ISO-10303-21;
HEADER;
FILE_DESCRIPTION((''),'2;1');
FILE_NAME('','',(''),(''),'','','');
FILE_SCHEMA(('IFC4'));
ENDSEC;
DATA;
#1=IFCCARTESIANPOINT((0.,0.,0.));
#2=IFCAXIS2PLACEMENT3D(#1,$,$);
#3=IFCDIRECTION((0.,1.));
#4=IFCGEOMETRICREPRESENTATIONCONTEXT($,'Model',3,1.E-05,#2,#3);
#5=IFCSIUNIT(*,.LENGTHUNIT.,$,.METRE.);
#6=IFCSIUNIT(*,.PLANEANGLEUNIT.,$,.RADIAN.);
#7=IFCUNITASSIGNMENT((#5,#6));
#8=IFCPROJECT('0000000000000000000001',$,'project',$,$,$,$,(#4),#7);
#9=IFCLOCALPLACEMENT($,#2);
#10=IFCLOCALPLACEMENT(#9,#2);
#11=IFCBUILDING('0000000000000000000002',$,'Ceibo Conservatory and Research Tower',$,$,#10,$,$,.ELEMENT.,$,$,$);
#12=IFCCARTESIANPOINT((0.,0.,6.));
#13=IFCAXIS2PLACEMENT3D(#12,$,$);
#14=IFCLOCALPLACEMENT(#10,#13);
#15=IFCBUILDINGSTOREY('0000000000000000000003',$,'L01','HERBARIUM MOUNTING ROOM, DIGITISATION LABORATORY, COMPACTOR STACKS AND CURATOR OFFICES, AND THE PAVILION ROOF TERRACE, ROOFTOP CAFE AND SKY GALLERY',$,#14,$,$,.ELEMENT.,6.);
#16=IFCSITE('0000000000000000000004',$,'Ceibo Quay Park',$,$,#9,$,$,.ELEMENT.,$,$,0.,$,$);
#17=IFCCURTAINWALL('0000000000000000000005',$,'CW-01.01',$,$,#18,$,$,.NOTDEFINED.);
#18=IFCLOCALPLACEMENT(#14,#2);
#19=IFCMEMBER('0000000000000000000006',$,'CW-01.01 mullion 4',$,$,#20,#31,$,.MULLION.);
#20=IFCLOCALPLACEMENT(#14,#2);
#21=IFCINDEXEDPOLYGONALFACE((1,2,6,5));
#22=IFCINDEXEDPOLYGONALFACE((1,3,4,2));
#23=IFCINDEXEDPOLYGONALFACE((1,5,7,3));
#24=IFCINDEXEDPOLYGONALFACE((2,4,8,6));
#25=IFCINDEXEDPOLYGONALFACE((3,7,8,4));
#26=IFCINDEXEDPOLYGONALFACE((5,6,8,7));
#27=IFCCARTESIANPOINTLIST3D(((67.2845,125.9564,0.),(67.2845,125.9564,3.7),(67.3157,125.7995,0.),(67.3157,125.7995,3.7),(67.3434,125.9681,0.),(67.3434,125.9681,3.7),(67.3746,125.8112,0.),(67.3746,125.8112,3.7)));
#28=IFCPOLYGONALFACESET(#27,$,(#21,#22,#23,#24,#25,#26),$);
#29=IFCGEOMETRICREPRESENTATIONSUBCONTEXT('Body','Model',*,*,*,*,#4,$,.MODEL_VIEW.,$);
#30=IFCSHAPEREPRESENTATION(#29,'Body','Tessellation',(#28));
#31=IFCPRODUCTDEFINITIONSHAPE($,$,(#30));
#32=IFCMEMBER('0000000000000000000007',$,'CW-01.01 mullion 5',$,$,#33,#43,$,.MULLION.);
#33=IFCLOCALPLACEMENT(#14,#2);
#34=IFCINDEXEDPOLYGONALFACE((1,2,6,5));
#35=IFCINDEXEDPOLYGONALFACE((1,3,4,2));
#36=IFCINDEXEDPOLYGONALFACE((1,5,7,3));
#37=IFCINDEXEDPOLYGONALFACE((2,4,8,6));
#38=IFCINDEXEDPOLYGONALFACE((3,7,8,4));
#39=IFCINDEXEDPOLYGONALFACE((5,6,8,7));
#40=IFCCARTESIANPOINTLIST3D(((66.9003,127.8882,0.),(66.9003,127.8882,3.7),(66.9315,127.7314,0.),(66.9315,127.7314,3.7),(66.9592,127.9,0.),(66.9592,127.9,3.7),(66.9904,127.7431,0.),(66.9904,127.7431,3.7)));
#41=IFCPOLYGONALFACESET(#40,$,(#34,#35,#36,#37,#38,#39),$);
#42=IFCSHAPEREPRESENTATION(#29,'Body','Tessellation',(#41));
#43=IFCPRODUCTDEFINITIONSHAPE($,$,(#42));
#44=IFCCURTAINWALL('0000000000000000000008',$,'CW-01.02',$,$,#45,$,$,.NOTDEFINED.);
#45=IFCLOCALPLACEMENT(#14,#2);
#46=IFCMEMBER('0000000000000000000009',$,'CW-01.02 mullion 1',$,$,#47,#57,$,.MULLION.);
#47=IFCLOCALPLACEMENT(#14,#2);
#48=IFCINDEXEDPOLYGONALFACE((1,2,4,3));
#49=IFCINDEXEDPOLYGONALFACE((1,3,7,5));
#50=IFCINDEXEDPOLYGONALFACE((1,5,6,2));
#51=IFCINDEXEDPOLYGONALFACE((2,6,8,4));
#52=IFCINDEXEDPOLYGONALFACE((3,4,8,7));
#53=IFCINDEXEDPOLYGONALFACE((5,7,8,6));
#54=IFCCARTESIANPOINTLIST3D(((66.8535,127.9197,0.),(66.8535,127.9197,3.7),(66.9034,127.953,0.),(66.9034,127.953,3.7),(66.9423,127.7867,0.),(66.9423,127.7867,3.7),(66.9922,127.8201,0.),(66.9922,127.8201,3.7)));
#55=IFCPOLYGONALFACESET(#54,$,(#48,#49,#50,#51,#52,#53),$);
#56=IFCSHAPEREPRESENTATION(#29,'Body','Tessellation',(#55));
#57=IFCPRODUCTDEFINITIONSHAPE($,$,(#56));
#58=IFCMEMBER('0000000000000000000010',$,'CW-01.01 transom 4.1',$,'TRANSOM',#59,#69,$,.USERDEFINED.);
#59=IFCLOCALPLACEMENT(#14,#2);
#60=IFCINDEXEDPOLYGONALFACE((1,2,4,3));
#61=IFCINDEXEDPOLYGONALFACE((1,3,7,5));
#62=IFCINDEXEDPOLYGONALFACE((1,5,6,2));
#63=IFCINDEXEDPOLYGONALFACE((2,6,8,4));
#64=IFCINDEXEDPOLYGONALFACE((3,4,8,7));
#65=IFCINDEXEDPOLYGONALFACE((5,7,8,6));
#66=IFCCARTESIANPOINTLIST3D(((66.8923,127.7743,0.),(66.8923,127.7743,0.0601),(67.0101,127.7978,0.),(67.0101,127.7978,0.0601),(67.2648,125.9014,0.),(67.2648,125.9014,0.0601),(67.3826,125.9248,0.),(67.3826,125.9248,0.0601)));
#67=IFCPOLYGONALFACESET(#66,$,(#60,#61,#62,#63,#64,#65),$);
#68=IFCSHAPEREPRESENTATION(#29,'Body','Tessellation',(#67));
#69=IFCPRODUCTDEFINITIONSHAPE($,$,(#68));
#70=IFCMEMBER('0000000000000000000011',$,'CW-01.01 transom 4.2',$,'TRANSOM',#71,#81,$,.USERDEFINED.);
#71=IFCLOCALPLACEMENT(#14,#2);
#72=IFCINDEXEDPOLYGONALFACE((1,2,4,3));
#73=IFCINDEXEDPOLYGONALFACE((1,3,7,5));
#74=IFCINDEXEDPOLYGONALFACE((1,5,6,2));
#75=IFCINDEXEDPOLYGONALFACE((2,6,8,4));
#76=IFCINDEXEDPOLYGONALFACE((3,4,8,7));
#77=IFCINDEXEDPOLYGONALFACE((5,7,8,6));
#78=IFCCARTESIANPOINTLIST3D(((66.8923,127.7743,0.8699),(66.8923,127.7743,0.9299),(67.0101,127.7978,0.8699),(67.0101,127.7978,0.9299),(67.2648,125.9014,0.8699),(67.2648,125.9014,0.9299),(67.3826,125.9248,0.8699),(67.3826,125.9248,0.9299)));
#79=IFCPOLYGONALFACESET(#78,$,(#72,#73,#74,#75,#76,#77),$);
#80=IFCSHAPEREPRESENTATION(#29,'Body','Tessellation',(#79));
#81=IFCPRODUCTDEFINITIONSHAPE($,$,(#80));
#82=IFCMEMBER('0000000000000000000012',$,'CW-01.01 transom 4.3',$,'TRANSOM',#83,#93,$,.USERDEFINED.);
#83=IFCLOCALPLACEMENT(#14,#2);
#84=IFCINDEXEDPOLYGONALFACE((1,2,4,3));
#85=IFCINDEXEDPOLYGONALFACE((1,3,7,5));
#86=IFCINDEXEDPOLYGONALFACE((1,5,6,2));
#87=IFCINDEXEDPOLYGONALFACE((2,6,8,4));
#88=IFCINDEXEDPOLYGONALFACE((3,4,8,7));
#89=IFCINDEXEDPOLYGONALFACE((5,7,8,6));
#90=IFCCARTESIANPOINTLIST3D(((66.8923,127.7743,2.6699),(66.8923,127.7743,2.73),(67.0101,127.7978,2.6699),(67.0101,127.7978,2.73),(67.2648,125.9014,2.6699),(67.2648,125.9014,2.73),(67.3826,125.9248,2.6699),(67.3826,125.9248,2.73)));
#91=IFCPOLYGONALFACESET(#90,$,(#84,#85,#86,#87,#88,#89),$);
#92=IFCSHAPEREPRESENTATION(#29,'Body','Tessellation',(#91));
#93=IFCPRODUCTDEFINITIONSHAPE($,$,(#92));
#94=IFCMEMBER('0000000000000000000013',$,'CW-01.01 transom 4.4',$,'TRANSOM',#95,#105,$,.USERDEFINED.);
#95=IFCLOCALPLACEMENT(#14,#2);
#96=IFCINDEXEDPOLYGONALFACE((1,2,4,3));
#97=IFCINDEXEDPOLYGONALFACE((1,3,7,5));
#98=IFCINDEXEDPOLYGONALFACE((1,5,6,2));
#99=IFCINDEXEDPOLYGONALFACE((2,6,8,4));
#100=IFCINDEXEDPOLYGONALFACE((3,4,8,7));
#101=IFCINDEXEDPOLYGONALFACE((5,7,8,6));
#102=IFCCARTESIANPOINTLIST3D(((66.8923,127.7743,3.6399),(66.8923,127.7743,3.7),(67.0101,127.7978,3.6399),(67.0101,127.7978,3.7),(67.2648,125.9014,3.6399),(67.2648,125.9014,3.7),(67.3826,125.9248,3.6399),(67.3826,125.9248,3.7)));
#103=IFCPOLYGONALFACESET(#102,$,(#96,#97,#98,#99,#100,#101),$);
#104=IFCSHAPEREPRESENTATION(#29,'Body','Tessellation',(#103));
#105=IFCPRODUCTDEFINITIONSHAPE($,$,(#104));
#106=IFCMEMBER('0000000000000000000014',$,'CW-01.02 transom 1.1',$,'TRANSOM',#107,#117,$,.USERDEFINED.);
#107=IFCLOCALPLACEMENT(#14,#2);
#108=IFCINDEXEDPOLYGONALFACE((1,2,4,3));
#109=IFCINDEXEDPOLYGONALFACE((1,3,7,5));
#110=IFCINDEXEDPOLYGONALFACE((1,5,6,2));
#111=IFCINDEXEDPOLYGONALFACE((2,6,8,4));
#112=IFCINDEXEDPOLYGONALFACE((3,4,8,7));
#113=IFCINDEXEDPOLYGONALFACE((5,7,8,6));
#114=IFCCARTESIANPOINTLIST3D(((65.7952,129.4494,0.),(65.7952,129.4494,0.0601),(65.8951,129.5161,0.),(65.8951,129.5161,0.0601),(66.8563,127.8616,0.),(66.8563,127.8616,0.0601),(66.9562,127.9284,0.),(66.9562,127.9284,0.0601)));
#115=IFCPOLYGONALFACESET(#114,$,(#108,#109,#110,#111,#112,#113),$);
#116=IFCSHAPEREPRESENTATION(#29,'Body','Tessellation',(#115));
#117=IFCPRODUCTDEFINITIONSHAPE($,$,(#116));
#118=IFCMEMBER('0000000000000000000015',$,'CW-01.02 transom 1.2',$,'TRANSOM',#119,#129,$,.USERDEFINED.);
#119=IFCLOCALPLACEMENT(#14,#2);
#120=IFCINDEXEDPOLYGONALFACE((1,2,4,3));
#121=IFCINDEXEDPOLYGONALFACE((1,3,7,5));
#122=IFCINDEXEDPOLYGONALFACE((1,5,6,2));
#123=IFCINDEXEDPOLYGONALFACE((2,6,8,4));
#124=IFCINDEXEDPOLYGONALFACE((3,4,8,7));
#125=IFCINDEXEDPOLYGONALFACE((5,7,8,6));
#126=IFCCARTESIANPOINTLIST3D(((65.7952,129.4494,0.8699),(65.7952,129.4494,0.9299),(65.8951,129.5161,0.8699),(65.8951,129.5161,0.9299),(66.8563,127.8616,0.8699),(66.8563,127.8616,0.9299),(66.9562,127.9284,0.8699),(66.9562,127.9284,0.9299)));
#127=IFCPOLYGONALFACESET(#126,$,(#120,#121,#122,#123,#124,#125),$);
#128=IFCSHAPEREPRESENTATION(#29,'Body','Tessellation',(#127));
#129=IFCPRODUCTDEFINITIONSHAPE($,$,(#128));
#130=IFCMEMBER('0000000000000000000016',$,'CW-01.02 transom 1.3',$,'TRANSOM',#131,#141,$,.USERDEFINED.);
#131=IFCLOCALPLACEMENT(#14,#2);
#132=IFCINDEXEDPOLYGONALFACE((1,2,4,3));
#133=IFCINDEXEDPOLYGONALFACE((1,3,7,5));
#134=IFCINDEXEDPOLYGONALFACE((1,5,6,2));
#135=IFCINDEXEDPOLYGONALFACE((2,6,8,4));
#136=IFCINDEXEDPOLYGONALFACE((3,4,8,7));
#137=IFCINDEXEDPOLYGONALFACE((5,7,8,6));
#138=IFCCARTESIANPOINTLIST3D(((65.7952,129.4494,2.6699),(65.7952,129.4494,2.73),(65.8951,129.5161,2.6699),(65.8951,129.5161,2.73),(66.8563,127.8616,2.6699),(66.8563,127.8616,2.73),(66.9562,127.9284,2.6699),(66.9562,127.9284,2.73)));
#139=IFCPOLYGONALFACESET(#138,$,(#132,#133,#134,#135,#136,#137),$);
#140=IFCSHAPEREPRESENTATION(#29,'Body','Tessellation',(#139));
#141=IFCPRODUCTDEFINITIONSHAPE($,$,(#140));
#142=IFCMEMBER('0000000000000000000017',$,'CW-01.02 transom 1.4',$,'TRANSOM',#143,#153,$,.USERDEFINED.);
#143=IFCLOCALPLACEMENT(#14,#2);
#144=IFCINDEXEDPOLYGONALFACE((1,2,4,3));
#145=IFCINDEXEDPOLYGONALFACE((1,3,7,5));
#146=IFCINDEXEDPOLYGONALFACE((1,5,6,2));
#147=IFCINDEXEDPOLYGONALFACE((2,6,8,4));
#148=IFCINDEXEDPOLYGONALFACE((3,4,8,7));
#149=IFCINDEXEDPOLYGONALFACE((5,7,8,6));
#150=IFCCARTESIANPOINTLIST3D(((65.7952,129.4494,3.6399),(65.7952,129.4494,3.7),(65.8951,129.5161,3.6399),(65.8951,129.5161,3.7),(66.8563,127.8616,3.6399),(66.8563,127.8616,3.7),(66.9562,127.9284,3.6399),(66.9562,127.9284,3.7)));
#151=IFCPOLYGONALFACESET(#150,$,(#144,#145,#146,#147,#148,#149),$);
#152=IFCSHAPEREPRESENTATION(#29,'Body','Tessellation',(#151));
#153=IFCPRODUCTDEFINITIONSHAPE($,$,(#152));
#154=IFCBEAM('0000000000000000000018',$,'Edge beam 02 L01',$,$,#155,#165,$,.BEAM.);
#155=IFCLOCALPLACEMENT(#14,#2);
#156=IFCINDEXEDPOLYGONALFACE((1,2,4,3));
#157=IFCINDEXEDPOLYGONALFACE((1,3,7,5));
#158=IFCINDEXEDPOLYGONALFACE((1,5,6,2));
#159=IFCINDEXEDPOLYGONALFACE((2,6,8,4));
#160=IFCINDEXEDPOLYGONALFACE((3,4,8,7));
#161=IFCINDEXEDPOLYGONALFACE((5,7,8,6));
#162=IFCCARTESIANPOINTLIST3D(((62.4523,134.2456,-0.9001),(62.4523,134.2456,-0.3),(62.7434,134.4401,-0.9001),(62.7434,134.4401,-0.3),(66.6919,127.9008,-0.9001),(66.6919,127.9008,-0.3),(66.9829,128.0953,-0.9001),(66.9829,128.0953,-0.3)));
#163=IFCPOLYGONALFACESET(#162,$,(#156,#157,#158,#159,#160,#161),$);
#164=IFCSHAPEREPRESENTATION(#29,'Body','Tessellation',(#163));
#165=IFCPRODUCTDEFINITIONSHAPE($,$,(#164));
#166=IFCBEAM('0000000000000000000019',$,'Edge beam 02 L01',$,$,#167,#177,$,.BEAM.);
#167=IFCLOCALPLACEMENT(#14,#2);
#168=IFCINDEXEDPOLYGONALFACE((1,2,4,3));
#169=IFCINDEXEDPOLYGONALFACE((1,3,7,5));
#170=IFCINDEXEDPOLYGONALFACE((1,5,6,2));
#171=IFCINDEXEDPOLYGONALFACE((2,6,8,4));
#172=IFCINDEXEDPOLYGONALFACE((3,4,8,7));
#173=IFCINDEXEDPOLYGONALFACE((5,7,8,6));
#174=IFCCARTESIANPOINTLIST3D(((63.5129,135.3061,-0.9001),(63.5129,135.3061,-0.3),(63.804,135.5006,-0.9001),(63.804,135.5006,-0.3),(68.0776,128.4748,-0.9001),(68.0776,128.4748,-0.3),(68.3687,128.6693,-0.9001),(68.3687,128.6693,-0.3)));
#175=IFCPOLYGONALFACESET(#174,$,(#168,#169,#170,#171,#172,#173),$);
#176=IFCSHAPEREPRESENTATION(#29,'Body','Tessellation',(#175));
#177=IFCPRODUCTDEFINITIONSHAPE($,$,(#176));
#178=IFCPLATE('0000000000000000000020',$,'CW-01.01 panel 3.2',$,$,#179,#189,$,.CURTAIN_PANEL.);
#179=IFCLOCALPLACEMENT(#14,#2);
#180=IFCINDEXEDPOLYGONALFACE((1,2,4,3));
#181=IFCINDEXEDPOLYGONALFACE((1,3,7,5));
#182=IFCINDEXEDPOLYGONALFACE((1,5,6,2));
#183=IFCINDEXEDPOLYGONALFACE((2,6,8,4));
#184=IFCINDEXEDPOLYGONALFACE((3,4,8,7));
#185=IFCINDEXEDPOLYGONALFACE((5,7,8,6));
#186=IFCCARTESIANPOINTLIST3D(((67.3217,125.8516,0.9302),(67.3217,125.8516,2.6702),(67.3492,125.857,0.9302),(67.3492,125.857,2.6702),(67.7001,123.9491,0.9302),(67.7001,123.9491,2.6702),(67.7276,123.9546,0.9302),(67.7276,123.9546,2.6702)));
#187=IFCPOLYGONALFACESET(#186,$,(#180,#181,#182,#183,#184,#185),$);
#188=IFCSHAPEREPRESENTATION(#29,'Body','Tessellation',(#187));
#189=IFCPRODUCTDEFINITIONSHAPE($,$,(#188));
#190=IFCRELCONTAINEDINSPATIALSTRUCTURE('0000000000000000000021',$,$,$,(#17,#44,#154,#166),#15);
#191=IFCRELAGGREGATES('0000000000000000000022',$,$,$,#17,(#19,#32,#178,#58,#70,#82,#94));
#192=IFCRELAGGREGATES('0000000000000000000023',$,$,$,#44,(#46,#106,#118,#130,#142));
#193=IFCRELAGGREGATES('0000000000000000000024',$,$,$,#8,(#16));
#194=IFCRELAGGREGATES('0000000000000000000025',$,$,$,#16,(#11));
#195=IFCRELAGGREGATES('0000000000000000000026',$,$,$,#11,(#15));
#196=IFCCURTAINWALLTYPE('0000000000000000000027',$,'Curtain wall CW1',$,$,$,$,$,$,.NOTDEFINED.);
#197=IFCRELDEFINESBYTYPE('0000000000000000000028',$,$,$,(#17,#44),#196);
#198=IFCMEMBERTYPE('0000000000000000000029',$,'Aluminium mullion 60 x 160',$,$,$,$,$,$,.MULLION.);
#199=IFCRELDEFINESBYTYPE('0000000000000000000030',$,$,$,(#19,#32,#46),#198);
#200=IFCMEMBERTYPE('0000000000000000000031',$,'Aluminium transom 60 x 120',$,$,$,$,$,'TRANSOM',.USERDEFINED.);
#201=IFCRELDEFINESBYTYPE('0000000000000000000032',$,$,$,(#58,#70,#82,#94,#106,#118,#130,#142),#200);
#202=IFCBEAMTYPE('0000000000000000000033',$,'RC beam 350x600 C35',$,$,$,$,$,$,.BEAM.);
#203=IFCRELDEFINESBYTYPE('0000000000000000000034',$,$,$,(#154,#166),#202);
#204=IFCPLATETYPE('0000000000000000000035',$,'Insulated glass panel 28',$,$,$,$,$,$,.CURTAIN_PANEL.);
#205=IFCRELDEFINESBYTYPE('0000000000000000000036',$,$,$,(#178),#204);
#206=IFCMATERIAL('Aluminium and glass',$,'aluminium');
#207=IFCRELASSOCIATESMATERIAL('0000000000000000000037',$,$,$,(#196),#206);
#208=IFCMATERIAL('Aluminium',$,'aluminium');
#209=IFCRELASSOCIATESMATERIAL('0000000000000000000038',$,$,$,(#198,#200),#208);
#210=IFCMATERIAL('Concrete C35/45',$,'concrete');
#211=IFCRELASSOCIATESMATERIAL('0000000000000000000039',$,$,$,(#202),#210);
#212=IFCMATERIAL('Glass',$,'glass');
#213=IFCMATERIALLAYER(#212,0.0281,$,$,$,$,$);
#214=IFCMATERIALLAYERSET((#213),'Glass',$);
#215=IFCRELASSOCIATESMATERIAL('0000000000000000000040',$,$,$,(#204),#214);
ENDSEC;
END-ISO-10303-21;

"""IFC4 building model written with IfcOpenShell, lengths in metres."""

from ifc_helpers import new_model, si_unit, direction, frame, origin, origin_2d, place, context, subcontext, project, spatial, rectangle, extrude, material, layer, layer_set, material_profile, profile_set, type_object, element, aggregate, save


model = new_model("IFC4")

# Units and contexts
model_context = context("Model", 3, precision=1e-05, world=origin(), true_north=direction((0.0, 1.0)))
body_context = subcontext(model_context, "Body", "Model", "MODEL_VIEW")
ifc_project = project(units=[si_unit("LENGTHUNIT", "METRE"), si_unit("PLANEANGLEUNIT", "RADIAN")], contexts=[model_context])

# Site, building, storey
site_placement = place(None, origin())
site = spatial("IfcSite", under=ifc_project, at=site_placement, Name="Ceibo Quay Park", CompositionType="ELEMENT", RefElevation=0.0)
building_placement = place(site_placement, origin())
building = spatial("IfcBuilding", under=site, at=building_placement, Name="Ceibo Conservatory and Research Tower", CompositionType="ELEMENT")
storey_placement = place(building_placement, frame((0.0, 0.0, 6.0)))
storey = spatial("IfcBuildingStorey", under=building, at=storey_placement, Name="L01", Description="HERBARIUM MOUNTING ROOM, DIGITISATION LABORATORY, COMPACTOR STACKS AND CURATOR OFFICES, AND THE PAVILION ROOF TERRACE, ROOFTOP CAFE AND SKY GALLERY", CompositionType="ELEMENT", Elevation=6.0)

# Curtain wall, members
ifc_material_1 = material(Name="Aluminium and glass", Category="aluminium")
curtain_wall_type = type_object("IfcCurtainWallType", Name="Curtain wall CW1", PredefinedType="NOTDEFINED", material=ifc_material_1)
curtain_wall_1_placement = place(storey_placement, origin())
curtain_wall_1 = element("IfcCurtainWall", 1, at=curtain_wall_1_placement, inside=storey, type_object=curtain_wall_type, Name="CW-01.01", PredefinedType="NOTDEFINED")
ifc_material_2 = material(Name="Aluminium", Category="aluminium")
ifc_material_profile_1 = material_profile(ifc_material_2, rectangle(XDim=0.0601, YDim=0.1599, at=origin_2d()), Name="Aluminium 60 x 160")
ifc_profile_set_1 = profile_set([ifc_material_profile_1], Name="Aluminium")
member_type_1 = type_object("IfcMemberType", Name="Aluminium mullion 60 x 160", PredefinedType="MULLION", material=ifc_profile_set_1)
member_1_placement = place(storey_placement, frame((67.3296, 125.8838, 0.0), z_axis=(0.0, 0.0, 1.0), x_axis=(-0.980785, -0.19509, 0.0)))
member_1 = element("IfcMember", 2, at=member_1_placement, type_object=member_type_1, Name="CW-01.01 mullion 4", PredefinedType="MULLION", context=body_context, shape_type="SweptSolid", body=[
    extrude(rectangle(XDim=0.0601, YDim=0.1599, at=origin_2d()), origin(), (0.0, 0.0, 1.0), 3.7),
])
member_2_placement = place(storey_placement, frame((66.9453, 127.8157, 0.0), z_axis=(0.0, 0.0, 1.0), x_axis=(-0.980785, -0.19509, 0.0)))
member_2 = element("IfcMember", 3, at=member_2_placement, type_object=member_type_1, Name="CW-01.01 mullion 5", PredefinedType="MULLION", context=body_context, shape_type="SweptSolid", body=[
    extrude(rectangle(XDim=0.0601, YDim=0.1599, at=origin_2d()), origin(), (0.0, 0.0, 1.0), 3.7),
])

# Curtain wall, member
curtain_wall_2_placement = place(storey_placement, origin())
curtain_wall_2 = element("IfcCurtainWall", 4, at=curtain_wall_2_placement, inside=storey, type_object=curtain_wall_type, Name="CW-01.02", PredefinedType="NOTDEFINED")
member_3_placement = place(storey_placement, frame((66.9229, 127.8699, 0.0), z_axis=(0.0, 0.0, 1.0), x_axis=(-0.83147, -0.55557, 0.0)))
member_3 = element("IfcMember", 5, at=member_3_placement, type_object=member_type_1, Name="CW-01.02 mullion 1", PredefinedType="MULLION", context=body_context, shape_type="SweptSolid", body=[
    extrude(rectangle(XDim=0.0601, YDim=0.1599, at=origin_2d()), origin(), (0.0, 0.0, 1.0), 3.7),
])

# Members
ifc_material_profile_2 = material_profile(ifc_material_2, rectangle(XDim=0.1201, YDim=0.0601, at=origin_2d()), Name="Aluminium 60 x 120")
ifc_profile_set_2 = profile_set([ifc_material_profile_2], Name="Aluminium")
member_type_2 = type_object("IfcMemberType", Name="Aluminium transom 60 x 120", ElementType="TRANSOM", PredefinedType="USERDEFINED", material=ifc_profile_set_2)
member_4_placement = place(storey_placement, frame((67.3237, 125.9131, 0.03), z_axis=(-0.195083, 0.980787, 0.0), x_axis=(-0.980787, -0.195083, 0.0)))
member_4 = element("IfcMember", 6, at=member_4_placement, type_object=member_type_2, Name="CW-01.01 transom 4.1", ObjectType="TRANSOM", PredefinedType="USERDEFINED", context=body_context, shape_type="SweptSolid", body=[
    extrude(rectangle(XDim=0.1201, YDim=0.0601, at=origin_2d()), origin(), (0.0, 0.0, 1.0), 1.9097),
])
member_5_placement = place(storey_placement, frame((67.3237, 125.9131, 0.8999), z_axis=(-0.195083, 0.980787, 0.0), x_axis=(-0.980787, -0.195083, 0.0)))
member_5 = element("IfcMember", 7, at=member_5_placement, type_object=member_type_2, Name="CW-01.01 transom 4.2", ObjectType="TRANSOM", PredefinedType="USERDEFINED", context=body_context, shape_type="SweptSolid", body=[
    extrude(rectangle(XDim=0.1201, YDim=0.0601, at=origin_2d()), origin(), (0.0, 0.0, 1.0), 1.9097),
])
member_6_placement = place(storey_placement, frame((67.3237, 125.9131, 2.7), z_axis=(-0.195083, 0.980787, 0.0), x_axis=(-0.980787, -0.195083, 0.0)))
member_6 = element("IfcMember", 8, at=member_6_placement, type_object=member_type_2, Name="CW-01.01 transom 4.3", ObjectType="TRANSOM", PredefinedType="USERDEFINED", context=body_context, shape_type="SweptSolid", body=[
    extrude(rectangle(XDim=0.1201, YDim=0.0601, at=origin_2d()), origin(), (0.0, 0.0, 1.0), 1.9097),
])
member_7_placement = place(storey_placement, frame((67.3237, 125.9131, 3.6699), z_axis=(-0.195083, 0.980787, 0.0), x_axis=(-0.980787, -0.195083, 0.0)))
member_7 = element("IfcMember", 9, at=member_7_placement, type_object=member_type_2, Name="CW-01.01 transom 4.4", ObjectType="TRANSOM", PredefinedType="USERDEFINED", context=body_context, shape_type="SweptSolid", body=[
    extrude(rectangle(XDim=0.1201, YDim=0.0601, at=origin_2d()), origin(), (0.0, 0.0, 1.0), 1.9097),
])
member_8_placement = place(storey_placement, frame((66.9062, 127.895, 0.03), z_axis=(-0.555644, 0.83142, 0.0), x_axis=(-0.83142, -0.555644, 0.0)))
member_8 = element("IfcMember", 10, at=member_8_placement, type_object=member_type_2, Name="CW-01.02 transom 1.1", ObjectType="TRANSOM", PredefinedType="USERDEFINED", context=body_context, shape_type="SweptSolid", body=[
    extrude(rectangle(XDim=0.1201, YDim=0.0601, at=origin_2d()), origin(), (0.0, 0.0, 1.0), 1.9097),
])
member_9_placement = place(storey_placement, frame((66.9062, 127.895, 0.8999), z_axis=(-0.555644, 0.83142, 0.0), x_axis=(-0.83142, -0.555644, 0.0)))
member_9 = element("IfcMember", 11, at=member_9_placement, type_object=member_type_2, Name="CW-01.02 transom 1.2", ObjectType="TRANSOM", PredefinedType="USERDEFINED", context=body_context, shape_type="SweptSolid", body=[
    extrude(rectangle(XDim=0.1201, YDim=0.0601, at=origin_2d()), origin(), (0.0, 0.0, 1.0), 1.9097),
])
member_10_placement = place(storey_placement, frame((66.9062, 127.895, 2.7), z_axis=(-0.555644, 0.83142, 0.0), x_axis=(-0.83142, -0.555644, 0.0)))
member_10 = element("IfcMember", 12, at=member_10_placement, type_object=member_type_2, Name="CW-01.02 transom 1.3", ObjectType="TRANSOM", PredefinedType="USERDEFINED", context=body_context, shape_type="SweptSolid", body=[
    extrude(rectangle(XDim=0.1201, YDim=0.0601, at=origin_2d()), origin(), (0.0, 0.0, 1.0), 1.9097),
])
member_11_placement = place(storey_placement, frame((66.9062, 127.895, 3.6699), z_axis=(-0.555644, 0.83142, 0.0), x_axis=(-0.83142, -0.555644, 0.0)))
member_11 = element("IfcMember", 13, at=member_11_placement, type_object=member_type_2, Name="CW-01.02 transom 1.4", ObjectType="TRANSOM", PredefinedType="USERDEFINED", context=body_context, shape_type="SweptSolid", body=[
    extrude(rectangle(XDim=0.1201, YDim=0.0601, at=origin_2d()), origin(), (0.0, 0.0, 1.0), 1.9097),
])

# Beams
ifc_material_3 = material(Name="Concrete C35/45", Category="concrete")
ifc_material_profile_3 = material_profile(ifc_material_3, rectangle(XDim=0.3501, YDim=0.6001, at=origin_2d()), Name="RC 350x600")
ifc_profile_set_3 = profile_set([ifc_material_profile_3], Name="Concrete C35/45")
beam_type = type_object("IfcBeamType", Name="RC beam 350x600 C35", PredefinedType="BEAM", material=ifc_profile_set_3)
beam_1_placement = place(storey_placement, frame((66.8374, 127.998, -0.6001), z_axis=(-0.555578, 0.831464, 0.0), x_axis=(-0.831464, -0.555578, 0.0)))
element("IfcBeam", 14, at=beam_1_placement, inside=storey, type_object=beam_type, Name="Edge beam 02 L01", PredefinedType="BEAM", context=body_context, shape_type="SweptSolid", body=[
    extrude(rectangle(XDim=0.3501, YDim=0.6001, at=origin_2d()), origin(), (0.0, 0.0, 1.0), 7.6309),
])
beam_2_placement = place(storey_placement, frame((68.2231, 128.572, -0.6001), z_axis=(-0.555584, 0.83146, 0.0), x_axis=(-0.83146, -0.555584, 0.0)))
element("IfcBeam", 15, at=beam_2_placement, inside=storey, type_object=beam_type, Name="Edge beam 02 L01", PredefinedType="BEAM", context=body_context, shape_type="SweptSolid", body=[
    extrude(rectangle(XDim=0.3501, YDim=0.6001, at=origin_2d()), origin(), (0.0, 0.0, 1.0), 8.2161),
])

# Plate
ifc_material_4 = material(Name="Glass", Category="glass")
ifc_layer_1 = layer(ifc_material_4, 0.0281)
ifc_layer_set_1 = layer_set([ifc_layer_1], Name="Glass")
plate_type = type_object("IfcPlateType", Name="Insulated glass panel 28", PredefinedType="CURTAIN_PANEL", material=ifc_layer_set_1)
plate_1_placement = place(storey_placement, frame((67.5247, 124.9031, 0.9302), z_axis=(0.0, 0.0, 1.0), x_axis=(-0.19509, 0.980785, 0.0)))
plate_1 = element("IfcPlate", 16, at=plate_1_placement, type_object=plate_type, Name="CW-01.01 panel 3.2", PredefinedType="CURTAIN_PANEL", context=body_context, shape_type="SweptSolid", body=[
    extrude(rectangle(XDim=1.9397, YDim=0.0281, at=origin_2d()), origin(), (0.0, 0.0, 1.0), 1.74),
])
aggregate(curtain_wall_1, [member_1, member_2, plate_1, member_4, member_5, member_6, member_7])
aggregate(curtain_wall_2, [member_3, member_8, member_9, member_10, member_11])

save(model, "model.ifc")
